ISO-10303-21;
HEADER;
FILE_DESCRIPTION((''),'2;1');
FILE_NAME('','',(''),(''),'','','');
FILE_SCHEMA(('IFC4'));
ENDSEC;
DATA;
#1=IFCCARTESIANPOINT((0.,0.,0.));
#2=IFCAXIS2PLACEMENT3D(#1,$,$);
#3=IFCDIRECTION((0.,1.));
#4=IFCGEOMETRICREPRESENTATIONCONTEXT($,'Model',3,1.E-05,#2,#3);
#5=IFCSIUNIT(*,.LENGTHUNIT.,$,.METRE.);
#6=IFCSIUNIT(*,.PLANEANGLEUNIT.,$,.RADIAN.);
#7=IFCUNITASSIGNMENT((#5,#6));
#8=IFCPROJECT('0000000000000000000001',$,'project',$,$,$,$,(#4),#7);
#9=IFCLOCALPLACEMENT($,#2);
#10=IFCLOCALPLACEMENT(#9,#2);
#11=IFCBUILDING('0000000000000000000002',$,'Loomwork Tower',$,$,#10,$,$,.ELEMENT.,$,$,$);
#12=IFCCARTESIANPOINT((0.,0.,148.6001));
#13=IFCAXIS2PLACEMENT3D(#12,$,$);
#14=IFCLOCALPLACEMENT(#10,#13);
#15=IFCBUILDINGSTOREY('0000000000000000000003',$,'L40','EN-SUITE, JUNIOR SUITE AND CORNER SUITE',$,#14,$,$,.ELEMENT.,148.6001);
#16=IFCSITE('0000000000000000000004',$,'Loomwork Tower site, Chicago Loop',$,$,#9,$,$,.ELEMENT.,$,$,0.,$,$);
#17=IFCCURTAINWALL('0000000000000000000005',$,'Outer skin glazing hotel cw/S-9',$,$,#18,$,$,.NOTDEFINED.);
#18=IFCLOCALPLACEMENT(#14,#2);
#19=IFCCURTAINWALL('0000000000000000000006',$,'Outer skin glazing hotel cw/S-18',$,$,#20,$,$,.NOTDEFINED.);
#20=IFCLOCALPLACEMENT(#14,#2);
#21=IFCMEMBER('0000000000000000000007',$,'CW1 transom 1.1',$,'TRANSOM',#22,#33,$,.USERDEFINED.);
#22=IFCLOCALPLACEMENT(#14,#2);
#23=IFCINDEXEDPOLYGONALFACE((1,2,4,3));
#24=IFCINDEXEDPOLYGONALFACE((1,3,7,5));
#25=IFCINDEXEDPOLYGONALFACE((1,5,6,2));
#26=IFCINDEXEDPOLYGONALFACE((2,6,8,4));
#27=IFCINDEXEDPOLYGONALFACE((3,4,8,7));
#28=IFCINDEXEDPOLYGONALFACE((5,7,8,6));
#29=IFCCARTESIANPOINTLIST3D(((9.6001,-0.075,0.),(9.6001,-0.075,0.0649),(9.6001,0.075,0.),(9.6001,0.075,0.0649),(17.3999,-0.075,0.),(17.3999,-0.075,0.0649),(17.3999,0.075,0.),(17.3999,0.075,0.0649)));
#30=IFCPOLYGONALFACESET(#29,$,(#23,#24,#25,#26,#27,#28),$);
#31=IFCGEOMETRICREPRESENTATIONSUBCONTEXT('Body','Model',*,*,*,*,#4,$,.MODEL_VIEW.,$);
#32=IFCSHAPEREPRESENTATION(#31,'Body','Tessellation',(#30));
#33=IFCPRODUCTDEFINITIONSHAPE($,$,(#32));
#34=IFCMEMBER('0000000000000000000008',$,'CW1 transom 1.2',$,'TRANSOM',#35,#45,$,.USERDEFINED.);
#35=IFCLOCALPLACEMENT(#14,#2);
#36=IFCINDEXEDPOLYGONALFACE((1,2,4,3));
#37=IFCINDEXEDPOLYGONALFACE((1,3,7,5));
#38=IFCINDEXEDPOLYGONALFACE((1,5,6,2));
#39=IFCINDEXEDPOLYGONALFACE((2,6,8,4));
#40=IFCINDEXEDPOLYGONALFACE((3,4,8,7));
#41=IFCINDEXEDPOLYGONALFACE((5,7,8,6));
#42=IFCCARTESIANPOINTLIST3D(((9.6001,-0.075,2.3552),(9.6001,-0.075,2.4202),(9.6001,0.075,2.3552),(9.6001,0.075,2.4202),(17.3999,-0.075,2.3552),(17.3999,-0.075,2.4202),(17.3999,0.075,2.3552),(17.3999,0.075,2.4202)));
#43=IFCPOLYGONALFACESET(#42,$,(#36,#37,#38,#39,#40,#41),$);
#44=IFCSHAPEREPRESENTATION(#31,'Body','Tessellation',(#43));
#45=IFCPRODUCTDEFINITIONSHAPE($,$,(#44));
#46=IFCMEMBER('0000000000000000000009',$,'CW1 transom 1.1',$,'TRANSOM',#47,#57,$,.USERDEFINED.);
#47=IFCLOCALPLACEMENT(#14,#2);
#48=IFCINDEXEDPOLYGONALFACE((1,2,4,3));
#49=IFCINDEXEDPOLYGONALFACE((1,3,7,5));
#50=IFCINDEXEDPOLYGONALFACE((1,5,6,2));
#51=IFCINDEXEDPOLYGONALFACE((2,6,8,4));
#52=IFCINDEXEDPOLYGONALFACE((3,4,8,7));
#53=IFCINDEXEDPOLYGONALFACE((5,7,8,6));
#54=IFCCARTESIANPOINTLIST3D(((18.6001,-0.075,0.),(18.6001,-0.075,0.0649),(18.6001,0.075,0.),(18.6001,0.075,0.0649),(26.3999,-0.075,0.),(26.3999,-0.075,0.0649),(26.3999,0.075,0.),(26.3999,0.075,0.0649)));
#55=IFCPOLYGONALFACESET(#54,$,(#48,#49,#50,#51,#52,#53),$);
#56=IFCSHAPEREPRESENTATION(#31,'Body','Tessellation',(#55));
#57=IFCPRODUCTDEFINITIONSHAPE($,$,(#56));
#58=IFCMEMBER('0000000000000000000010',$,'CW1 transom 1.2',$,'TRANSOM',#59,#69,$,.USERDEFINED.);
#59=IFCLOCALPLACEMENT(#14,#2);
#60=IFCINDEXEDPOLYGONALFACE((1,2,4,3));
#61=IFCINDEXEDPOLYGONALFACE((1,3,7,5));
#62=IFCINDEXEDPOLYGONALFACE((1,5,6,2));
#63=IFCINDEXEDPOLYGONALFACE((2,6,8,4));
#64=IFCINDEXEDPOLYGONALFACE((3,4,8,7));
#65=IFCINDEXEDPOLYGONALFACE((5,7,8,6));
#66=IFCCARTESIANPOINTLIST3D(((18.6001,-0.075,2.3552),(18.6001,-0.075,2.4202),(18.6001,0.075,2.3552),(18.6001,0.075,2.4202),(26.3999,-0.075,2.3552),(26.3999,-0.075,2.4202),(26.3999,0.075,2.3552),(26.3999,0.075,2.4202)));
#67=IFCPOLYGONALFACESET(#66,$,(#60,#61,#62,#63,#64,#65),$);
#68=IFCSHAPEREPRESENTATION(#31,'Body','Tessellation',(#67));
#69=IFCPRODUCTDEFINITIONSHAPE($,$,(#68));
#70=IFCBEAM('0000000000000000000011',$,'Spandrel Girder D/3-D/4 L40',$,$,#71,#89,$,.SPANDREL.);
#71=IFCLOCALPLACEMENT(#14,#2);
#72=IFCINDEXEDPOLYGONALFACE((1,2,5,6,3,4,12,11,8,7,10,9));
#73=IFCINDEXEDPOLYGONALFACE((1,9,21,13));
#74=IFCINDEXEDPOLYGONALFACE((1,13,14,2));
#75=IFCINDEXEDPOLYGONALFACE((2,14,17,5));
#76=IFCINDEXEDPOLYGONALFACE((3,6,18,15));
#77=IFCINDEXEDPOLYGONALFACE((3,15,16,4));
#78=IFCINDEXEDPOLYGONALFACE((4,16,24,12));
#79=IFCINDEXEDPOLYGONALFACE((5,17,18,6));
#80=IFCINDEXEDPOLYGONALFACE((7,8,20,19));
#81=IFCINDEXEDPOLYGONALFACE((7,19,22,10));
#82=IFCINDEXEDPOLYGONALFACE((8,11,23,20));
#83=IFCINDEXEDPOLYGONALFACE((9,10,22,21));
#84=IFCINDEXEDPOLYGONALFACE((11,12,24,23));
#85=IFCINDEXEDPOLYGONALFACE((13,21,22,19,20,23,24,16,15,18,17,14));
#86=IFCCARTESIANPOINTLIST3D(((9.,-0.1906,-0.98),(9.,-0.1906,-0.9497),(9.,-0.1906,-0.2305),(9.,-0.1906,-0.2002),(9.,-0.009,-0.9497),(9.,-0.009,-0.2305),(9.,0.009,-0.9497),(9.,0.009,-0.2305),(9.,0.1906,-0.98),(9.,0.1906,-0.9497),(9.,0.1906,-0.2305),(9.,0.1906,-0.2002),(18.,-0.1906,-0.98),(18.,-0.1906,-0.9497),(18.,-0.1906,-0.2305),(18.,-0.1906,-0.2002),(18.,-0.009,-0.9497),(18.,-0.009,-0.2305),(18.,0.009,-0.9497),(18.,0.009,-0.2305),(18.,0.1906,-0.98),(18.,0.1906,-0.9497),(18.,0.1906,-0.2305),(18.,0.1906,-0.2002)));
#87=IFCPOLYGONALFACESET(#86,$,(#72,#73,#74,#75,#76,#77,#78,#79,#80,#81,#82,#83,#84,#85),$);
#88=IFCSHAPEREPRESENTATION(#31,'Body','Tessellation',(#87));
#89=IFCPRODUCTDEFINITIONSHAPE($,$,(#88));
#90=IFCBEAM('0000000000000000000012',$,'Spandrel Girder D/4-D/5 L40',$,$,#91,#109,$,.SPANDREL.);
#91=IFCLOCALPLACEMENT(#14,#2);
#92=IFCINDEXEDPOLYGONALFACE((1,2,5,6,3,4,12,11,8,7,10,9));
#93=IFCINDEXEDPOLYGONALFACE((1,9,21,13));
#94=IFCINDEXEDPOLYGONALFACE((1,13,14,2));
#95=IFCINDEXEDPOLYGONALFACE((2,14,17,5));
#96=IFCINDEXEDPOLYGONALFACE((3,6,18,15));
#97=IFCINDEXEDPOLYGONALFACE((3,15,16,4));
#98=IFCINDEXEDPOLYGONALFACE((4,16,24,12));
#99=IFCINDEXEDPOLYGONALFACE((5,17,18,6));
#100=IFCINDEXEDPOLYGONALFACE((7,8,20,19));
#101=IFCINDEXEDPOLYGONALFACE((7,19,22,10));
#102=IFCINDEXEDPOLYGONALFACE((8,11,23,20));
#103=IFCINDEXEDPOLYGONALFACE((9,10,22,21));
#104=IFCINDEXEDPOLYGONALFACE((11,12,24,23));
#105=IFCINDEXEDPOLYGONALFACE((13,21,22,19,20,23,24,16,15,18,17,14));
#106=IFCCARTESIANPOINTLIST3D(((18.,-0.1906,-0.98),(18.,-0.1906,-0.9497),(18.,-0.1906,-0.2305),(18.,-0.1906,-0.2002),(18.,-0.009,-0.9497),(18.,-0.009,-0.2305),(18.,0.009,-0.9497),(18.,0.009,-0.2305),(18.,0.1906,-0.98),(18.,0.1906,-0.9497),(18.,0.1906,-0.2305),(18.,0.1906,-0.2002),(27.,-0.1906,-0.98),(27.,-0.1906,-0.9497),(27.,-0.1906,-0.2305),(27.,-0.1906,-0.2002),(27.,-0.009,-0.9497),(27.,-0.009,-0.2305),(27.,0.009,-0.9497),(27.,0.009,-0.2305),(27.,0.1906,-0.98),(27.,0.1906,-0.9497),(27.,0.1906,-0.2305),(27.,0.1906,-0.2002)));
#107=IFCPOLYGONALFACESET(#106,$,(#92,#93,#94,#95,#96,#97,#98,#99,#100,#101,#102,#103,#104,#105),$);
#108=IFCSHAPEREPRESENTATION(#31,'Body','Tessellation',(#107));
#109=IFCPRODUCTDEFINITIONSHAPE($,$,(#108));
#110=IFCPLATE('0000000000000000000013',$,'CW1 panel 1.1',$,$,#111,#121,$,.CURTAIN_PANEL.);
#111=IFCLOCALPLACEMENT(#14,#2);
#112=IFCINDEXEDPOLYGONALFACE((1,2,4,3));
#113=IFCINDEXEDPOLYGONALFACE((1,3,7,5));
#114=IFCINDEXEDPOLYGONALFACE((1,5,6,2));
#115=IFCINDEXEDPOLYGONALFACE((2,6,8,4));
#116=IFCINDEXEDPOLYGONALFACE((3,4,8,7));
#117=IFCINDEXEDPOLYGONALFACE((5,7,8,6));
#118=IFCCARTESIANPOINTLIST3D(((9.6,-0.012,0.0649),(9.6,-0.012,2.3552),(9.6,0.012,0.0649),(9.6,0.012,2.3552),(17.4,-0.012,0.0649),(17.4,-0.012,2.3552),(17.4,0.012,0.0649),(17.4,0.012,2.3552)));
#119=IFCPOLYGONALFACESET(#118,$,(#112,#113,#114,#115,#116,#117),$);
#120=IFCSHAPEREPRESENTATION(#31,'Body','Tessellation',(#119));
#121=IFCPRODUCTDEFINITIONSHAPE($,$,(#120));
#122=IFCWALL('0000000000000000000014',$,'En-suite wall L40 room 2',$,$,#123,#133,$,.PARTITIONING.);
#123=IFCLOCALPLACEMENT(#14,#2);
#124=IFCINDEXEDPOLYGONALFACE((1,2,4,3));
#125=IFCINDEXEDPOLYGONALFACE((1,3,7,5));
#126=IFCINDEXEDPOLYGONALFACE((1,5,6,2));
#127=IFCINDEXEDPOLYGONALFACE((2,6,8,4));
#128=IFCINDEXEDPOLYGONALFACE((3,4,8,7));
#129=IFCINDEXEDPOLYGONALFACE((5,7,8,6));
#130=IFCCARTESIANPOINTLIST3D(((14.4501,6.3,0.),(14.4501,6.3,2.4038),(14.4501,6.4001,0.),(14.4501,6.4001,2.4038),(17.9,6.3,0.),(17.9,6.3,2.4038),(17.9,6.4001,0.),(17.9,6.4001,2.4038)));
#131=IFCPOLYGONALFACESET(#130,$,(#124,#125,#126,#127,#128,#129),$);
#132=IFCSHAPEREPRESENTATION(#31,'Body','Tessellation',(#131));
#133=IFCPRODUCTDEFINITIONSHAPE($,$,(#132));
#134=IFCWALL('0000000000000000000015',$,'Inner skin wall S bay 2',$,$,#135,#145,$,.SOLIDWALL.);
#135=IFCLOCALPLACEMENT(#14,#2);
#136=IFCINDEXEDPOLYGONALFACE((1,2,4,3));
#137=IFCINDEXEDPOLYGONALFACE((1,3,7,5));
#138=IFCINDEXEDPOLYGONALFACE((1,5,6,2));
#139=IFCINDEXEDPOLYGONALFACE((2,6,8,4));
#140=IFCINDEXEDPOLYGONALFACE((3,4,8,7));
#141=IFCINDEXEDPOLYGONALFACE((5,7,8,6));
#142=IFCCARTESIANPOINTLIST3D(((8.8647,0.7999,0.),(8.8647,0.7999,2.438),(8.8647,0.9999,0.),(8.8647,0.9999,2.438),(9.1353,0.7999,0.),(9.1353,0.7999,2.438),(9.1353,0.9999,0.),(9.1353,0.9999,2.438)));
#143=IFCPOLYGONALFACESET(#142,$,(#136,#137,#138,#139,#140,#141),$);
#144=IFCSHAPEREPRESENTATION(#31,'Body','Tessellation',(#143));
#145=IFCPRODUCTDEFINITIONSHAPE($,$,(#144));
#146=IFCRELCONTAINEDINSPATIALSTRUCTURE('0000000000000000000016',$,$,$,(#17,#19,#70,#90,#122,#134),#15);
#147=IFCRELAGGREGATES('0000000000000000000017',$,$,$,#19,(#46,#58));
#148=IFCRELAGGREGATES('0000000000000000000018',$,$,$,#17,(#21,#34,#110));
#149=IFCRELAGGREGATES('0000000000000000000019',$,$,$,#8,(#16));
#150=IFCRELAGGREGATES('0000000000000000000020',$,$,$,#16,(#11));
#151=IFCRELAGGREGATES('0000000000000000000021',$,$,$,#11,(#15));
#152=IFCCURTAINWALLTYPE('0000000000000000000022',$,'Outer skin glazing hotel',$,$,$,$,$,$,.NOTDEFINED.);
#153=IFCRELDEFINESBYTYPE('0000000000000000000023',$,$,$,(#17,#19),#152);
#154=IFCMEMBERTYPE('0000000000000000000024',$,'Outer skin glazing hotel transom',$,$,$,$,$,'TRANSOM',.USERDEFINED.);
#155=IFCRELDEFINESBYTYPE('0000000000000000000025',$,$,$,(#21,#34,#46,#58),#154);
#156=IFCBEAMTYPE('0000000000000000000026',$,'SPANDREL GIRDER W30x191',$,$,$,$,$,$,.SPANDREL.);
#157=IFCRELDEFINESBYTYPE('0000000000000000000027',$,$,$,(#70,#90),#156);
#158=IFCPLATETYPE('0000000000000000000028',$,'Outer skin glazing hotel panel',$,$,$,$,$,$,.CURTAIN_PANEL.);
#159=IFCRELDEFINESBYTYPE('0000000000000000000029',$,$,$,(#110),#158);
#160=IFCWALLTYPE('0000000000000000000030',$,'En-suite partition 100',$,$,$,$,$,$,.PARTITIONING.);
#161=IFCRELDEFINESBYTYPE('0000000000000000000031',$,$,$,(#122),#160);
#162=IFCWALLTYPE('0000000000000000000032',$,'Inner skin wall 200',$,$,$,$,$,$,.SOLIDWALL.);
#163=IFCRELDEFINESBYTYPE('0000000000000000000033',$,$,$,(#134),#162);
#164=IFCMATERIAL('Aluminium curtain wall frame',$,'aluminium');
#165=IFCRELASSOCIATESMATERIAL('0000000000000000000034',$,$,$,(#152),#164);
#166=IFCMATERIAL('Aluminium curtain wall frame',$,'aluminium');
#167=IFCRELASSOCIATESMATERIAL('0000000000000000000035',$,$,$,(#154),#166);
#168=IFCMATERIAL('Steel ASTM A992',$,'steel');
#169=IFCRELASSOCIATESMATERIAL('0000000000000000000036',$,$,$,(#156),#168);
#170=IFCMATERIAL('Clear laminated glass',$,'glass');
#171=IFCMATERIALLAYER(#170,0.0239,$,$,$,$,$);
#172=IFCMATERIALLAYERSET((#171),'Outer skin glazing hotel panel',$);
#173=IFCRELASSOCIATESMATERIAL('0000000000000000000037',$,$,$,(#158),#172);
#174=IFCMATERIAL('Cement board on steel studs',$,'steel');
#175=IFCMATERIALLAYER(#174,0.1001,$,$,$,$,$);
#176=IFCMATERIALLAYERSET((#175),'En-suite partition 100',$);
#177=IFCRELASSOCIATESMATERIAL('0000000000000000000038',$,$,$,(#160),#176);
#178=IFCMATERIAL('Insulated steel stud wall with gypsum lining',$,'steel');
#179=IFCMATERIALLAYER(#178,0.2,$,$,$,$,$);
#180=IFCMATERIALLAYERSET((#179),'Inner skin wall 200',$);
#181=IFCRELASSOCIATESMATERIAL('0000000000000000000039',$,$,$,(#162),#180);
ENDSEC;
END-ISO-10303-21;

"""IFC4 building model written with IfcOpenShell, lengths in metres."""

from ifc_helpers import new_model, si_unit, direction, frame, frame_2d, origin, origin_2d, place, context, subcontext, project, spatial, rectangle, i_section, extrude, material, layer, layer_set, material_profile, profile_set, type_object, element, aggregate, save


model = new_model("IFC4")

# Units and contexts
model_context = context("Model", 3, precision=1e-05, world=origin(), true_north=direction((0.0, 1.0)))
body_context = subcontext(model_context, "Body", "Model", "MODEL_VIEW")
ifc_project = project(units=[si_unit("LENGTHUNIT", "METRE"), si_unit("PLANEANGLEUNIT", "RADIAN")], contexts=[model_context])

# Site, building, storey
site_placement = place(None, origin())
site = spatial("IfcSite", under=ifc_project, at=site_placement, Name="Loomwork Tower site, Chicago Loop", CompositionType="ELEMENT", RefElevation=0.0)
building_placement = place(site_placement, origin())
building = spatial("IfcBuilding", under=site, at=building_placement, Name="Loomwork Tower", CompositionType="ELEMENT")
storey_placement = place(building_placement, frame((0.0, 0.0, 148.6001)))
storey = spatial("IfcBuildingStorey", under=building, at=storey_placement, Name="L40", Description="EN-SUITE, JUNIOR SUITE AND CORNER SUITE", CompositionType="ELEMENT", Elevation=148.6001)

# Shared definitions
ifc_material_1 = material(Name="Aluminium curtain wall frame", Category="aluminium")
curtain_wall_type = type_object("IfcCurtainWallType", Name="Outer skin glazing hotel", PredefinedType="NOTDEFINED", material=ifc_material_1)

# Curtain wall
curtain_wall_1_placement = place(storey_placement, origin())
curtain_wall_1 = element("IfcCurtainWall", 1, at=curtain_wall_1_placement, inside=storey, type_object=curtain_wall_type, Name="Outer skin glazing hotel cw/S-9", PredefinedType="NOTDEFINED")

# Curtain wall
curtain_wall_2_placement = place(storey_placement, origin())
curtain_wall_2 = element("IfcCurtainWall", 2, at=curtain_wall_2_placement, inside=storey, type_object=curtain_wall_type, Name="Outer skin glazing hotel cw/S-18", PredefinedType="NOTDEFINED")

# Members
ifc_material_2 = material(Name="Aluminium curtain wall frame", Category="aluminium")
ifc_material_profile_1 = material_profile(ifc_material_2, rectangle(XDim=0.1499, YDim=0.0649, at=origin_2d()), Name="AL 65x150")
ifc_profile_set_1 = profile_set([ifc_material_profile_1], Name="Aluminium curtain wall frame")
member_type_1 = type_object("IfcMemberType", Name="Outer skin glazing hotel transom", ElementType="TRANSOM", PredefinedType="USERDEFINED", material=ifc_profile_set_1)
member_1_placement = place(storey_placement, frame((9.6001, 0.0, 0.0325), z_axis=(1.0, 0.0, 0.0), x_axis=(0.0, 1.0, 0.0)))
member_1 = element("IfcMember", 3, at=member_1_placement, type_object=member_type_1, Name="CW1 transom 1.1", ObjectType="TRANSOM", PredefinedType="USERDEFINED", context=body_context, shape_type="SweptSolid", body=[
    extrude(rectangle(XDim=0.1499, YDim=0.0649, at=origin_2d()), origin(), (0.0, 0.0, 1.0), 7.7998),
])
member_2_placement = place(storey_placement, frame((9.6001, 0.0, 2.3877), z_axis=(1.0, 0.0, 0.0), x_axis=(0.0, 1.0, 0.0)))
member_2 = element("IfcMember", 4, at=member_2_placement, type_object=member_type_1, Name="CW1 transom 1.2", ObjectType="TRANSOM", PredefinedType="USERDEFINED", context=body_context, shape_type="SweptSolid", body=[
    extrude(rectangle(XDim=0.1499, YDim=0.0649, at=origin_2d()), origin(), (0.0, 0.0, 1.0), 7.7998),
])
member_3_placement = place(storey_placement, frame((18.6001, 0.0, 0.0325), z_axis=(1.0, 0.0, 0.0), x_axis=(0.0, 1.0, 0.0)))
member_3 = element("IfcMember", 5, at=member_3_placement, type_object=member_type_1, Name="CW1 transom 1.1", ObjectType="TRANSOM", PredefinedType="USERDEFINED", context=body_context, shape_type="SweptSolid", body=[
    extrude(rectangle(XDim=0.1499, YDim=0.0649, at=origin_2d()), origin(), (0.0, 0.0, 1.0), 7.7998),
])
member_4_placement = place(storey_placement, frame((18.6001, 0.0, 2.3877), z_axis=(1.0, 0.0, 0.0), x_axis=(0.0, 1.0, 0.0)))
member_4 = element("IfcMember", 6, at=member_4_placement, type_object=member_type_1, Name="CW1 transom 1.2", ObjectType="TRANSOM", PredefinedType="USERDEFINED", context=body_context, shape_type="SweptSolid", body=[
    extrude(rectangle(XDim=0.1499, YDim=0.0649, at=origin_2d()), origin(), (0.0, 0.0, 1.0), 7.7998),
])
aggregate(curtain_wall_2, [member_3, member_4])

# Beams
ifc_material_3 = material(Name="Steel ASTM A992", Category="steel")
ifc_material_profile_2 = material_profile(ifc_material_3, i_section(OverallWidth=0.3811, OverallDepth=0.7798, WebThickness=0.0181, FlangeThickness=0.0303, at=origin_2d()), Name="W30x191")
ifc_profile_set_2 = profile_set([ifc_material_profile_2], Name="Steel ASTM A992")
beam_type_1 = type_object("IfcBeamType", Name="SPANDREL GIRDER W30x191", PredefinedType="SPANDREL", material=ifc_profile_set_2)
for number, where, z_axis, x_axis, name in (
    (7, (9.0, 0.0, -0.5901), (1.0, 0.0, 0.0), (0.0, 1.0, 0.0), "Spandrel Girder D/3-D/4 L40"),
    (8, (18.0, 0.0, -0.5901), (1.0, 0.0, 0.0), (0.0, 1.0, 0.0), "Spandrel Girder D/4-D/5 L40"),
):
    element("IfcBeam", number, at=place(storey_placement, frame(where, z_axis=z_axis, x_axis=x_axis)), inside=storey, type_object=beam_type_1, Name=name, PredefinedType="SPANDREL", context=body_context, shape_type="SweptSolid", body=[
        extrude(i_section(OverallWidth=0.3811, OverallDepth=0.7798, WebThickness=0.0181, FlangeThickness=0.0303, at=origin_2d()), origin(), (0.0, 0.0, 1.0), 9.0),
    ])

# Plate
ifc_material_4 = material(Name="Clear laminated glass", Category="glass")
ifc_layer_1 = layer(ifc_material_4, 0.0239)
ifc_layer_set_1 = layer_set([ifc_layer_1], Name="Outer skin glazing hotel panel")
plate_type = type_object("IfcPlateType", Name="Outer skin glazing hotel panel", PredefinedType="CURTAIN_PANEL", material=ifc_layer_set_1)
plate_placement = place(storey_placement, frame((13.5, 0.0, 0.0649), z_axis=(0.0, 0.0, 1.0), x_axis=(1.0, 0.0, 0.0)))
plate = element("IfcPlate", 9, at=plate_placement, type_object=plate_type, Name="CW1 panel 1.1", PredefinedType="CURTAIN_PANEL", context=body_context, shape_type="SweptSolid", body=[
    extrude(rectangle(XDim=7.8, YDim=0.0239, at=origin_2d()), origin(), (0.0, 0.0, 1.0), 2.2903),
])
aggregate(curtain_wall_1, [member_1, member_2, plate])

# Walls
ifc_material_5 = material(Name="Cement board on steel studs", Category="steel")
ifc_layer_2 = layer(ifc_material_5, 0.1001)
ifc_layer_set_2 = layer_set([ifc_layer_2], Name="En-suite partition 100")
wall_type_1 = type_object("IfcWallType", Name="En-suite partition 100", PredefinedType="PARTITIONING", material=ifc_layer_set_2)
wall_1_placement = place(storey_placement, frame((14.45, 6.3501, 0.0), z_axis=(0.0, 0.0, 1.0), x_axis=(1.0, 0.0, 0.0)))
element("IfcWall", 10, at=wall_1_placement, inside=storey, type_object=wall_type_1, Name="En-suite wall L40 room 2", PredefinedType="PARTITIONING", context=body_context, shape_type="SweptSolid", body=[
    extrude(rectangle(XDim=3.45, YDim=0.1001, at=frame_2d((1.7251, 0.0))), origin(), (0.0, 0.0, 1.0), 2.4038),
])
ifc_material_6 = material(Name="Insulated steel stud wall with gypsum lining", Category="steel")
ifc_layer_3 = layer(ifc_material_6, 0.2)
ifc_layer_set_3 = layer_set([ifc_layer_3], Name="Inner skin wall 200")
wall_type_2 = type_object("IfcWallType", Name="Inner skin wall 200", PredefinedType="SOLIDWALL", material=ifc_layer_set_3)
wall_2_placement = place(storey_placement, frame((8.8647, 0.8999, 0.0), z_axis=(0.0, 0.0, 1.0), x_axis=(1.0, 0.0, 0.0)))
element("IfcWall", 11, at=wall_2_placement, inside=storey, type_object=wall_type_2, Name="Inner skin wall S bay 2", PredefinedType="SOLIDWALL", context=body_context, shape_type="SweptSolid", body=[
    extrude(rectangle(XDim=0.2705, YDim=0.2, at=frame_2d((0.1353, 0.0))), origin(), (0.0, 0.0, 1.0), 2.438),
])

save(model, "model.ifc")
